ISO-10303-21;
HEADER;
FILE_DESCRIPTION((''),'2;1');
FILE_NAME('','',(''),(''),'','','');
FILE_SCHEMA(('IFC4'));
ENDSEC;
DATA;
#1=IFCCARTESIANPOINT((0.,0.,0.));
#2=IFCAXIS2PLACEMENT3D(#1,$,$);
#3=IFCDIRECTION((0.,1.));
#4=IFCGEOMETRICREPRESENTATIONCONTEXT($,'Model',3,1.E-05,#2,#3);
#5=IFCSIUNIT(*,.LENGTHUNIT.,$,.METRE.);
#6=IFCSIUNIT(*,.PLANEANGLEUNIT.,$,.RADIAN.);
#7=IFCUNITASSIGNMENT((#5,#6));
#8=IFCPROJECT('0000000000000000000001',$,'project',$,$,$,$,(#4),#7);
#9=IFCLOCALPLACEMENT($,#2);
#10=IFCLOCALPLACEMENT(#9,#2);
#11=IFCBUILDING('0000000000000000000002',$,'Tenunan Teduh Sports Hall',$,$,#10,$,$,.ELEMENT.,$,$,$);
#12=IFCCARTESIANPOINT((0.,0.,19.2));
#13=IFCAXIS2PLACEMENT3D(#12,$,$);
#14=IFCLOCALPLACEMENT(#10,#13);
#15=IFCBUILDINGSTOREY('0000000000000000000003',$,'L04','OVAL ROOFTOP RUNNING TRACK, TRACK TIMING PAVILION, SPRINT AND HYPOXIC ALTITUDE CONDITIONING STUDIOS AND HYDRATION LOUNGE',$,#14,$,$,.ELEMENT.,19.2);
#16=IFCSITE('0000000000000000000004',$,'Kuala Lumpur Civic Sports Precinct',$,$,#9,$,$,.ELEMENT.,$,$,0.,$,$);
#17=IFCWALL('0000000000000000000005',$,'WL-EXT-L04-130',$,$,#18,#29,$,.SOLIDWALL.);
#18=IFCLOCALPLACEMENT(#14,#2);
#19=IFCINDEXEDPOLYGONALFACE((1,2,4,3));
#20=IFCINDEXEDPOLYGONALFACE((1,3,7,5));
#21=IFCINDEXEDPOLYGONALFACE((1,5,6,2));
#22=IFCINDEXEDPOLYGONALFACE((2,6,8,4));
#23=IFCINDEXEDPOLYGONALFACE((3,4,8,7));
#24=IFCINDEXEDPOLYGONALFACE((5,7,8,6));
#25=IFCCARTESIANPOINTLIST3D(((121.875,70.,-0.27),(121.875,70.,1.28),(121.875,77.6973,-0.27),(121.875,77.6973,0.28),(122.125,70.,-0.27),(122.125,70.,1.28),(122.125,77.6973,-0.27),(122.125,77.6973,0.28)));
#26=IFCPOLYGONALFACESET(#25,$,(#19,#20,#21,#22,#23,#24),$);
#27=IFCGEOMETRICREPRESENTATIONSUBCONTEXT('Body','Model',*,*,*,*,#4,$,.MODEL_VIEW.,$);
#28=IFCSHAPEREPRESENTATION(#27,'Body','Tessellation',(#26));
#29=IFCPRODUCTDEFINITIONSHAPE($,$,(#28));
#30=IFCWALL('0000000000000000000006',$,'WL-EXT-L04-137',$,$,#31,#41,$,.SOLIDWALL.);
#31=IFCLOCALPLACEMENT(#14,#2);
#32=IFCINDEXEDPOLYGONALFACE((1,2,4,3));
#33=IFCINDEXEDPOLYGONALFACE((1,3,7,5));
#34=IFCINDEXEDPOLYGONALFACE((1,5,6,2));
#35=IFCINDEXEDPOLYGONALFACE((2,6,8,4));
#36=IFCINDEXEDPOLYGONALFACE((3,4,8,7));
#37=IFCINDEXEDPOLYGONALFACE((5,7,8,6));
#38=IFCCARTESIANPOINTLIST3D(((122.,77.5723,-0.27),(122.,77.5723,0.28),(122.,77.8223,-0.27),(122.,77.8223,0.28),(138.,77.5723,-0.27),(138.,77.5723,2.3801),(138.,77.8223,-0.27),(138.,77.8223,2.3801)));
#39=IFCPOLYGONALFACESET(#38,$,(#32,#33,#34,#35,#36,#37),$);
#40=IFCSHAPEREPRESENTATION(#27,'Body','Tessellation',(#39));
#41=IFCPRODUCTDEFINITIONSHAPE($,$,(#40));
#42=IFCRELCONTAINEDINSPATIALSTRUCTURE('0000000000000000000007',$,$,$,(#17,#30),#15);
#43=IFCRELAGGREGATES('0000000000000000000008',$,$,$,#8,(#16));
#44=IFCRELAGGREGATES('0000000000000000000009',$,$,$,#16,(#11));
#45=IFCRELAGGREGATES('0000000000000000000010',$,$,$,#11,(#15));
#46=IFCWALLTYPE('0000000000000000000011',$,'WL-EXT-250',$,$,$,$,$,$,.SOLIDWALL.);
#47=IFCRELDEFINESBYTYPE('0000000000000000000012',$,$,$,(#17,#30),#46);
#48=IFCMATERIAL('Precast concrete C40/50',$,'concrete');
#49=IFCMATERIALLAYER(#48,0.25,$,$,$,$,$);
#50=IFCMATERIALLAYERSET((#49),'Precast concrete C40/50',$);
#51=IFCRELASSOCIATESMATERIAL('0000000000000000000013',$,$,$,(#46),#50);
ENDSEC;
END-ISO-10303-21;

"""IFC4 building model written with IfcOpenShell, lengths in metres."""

from ifc_helpers import new_model, si_unit, direction, frame, origin, place, context, subcontext, project, spatial, polyline, outline, extrude, material, layer, layer_set, type_object, element, save


model = new_model("IFC4")

# Units and contexts
model_context = context("Model", 3, precision=1e-05, world=origin(), true_north=direction((0.0, 1.0)))
body_context = subcontext(model_context, "Body", "Model", "MODEL_VIEW")
ifc_project = project(units=[si_unit("LENGTHUNIT", "METRE"), si_unit("PLANEANGLEUNIT", "RADIAN")], contexts=[model_context])

# Site, building, storey
site_placement = place(None, origin())
site = spatial("IfcSite", under=ifc_project, at=site_placement, Name="Kuala Lumpur Civic Sports Precinct", CompositionType="ELEMENT", RefElevation=0.0)
building_placement = place(site_placement, origin())
building = spatial("IfcBuilding", under=site, at=building_placement, Name="Tenunan Teduh Sports Hall", CompositionType="ELEMENT")
storey_placement = place(building_placement, frame((0.0, 0.0, 19.2)))
storey = spatial("IfcBuildingStorey", under=building, at=storey_placement, Name="L04", Description="OVAL ROOFTOP RUNNING TRACK, TRACK TIMING PAVILION, SPRINT AND HYPOXIC ALTITUDE CONDITIONING STUDIOS AND HYDRATION LOUNGE", CompositionType="ELEMENT", Elevation=19.2)

# Walls
ifc_material_1 = material(Name="Precast concrete C40/50", Category="concrete")
ifc_layer_1 = layer(ifc_material_1, 0.25)
ifc_layer_set_1 = layer_set([ifc_layer_1], Name="Precast concrete C40/50")
wall_type = type_object("IfcWallType", Name="WL-EXT-250", PredefinedType="SOLIDWALL", material=ifc_layer_set_1)
wall_1_placement = place(storey_placement, frame((122.0, 70.0, -0.27), z_axis=(0.0, 0.0, 1.0), x_axis=(0.0, 1.0, 0.0)))
element("IfcWall", 1, at=wall_1_placement, inside=storey, type_object=wall_type, Name="WL-EXT-L04-130", PredefinedType="SOLIDWALL", context=body_context, shape_type="SweptSolid", body=[
    extrude(outline(polyline([(0.0, 0.0), (7.6973, 0.0), (7.6973, 0.55), (0.0, 1.55), (0.0, 0.0)])), frame((0.0, 0.125, 0.0), z_axis=(0.0, -1.0, 0.0), x_axis=(1.0, 0.0, 0.0)), (0.0, 0.0, 1.0), 0.25),
])
wall_2_placement = place(storey_placement, frame((122.0, 77.6973, -0.27), z_axis=(0.0, 0.0, 1.0), x_axis=(1.0, 0.0, 0.0)))
element("IfcWall", 2, at=wall_2_placement, inside=storey, type_object=wall_type, Name="WL-EXT-L04-137", PredefinedType="SOLIDWALL", context=body_context, shape_type="SweptSolid", body=[
    extrude(outline(polyline([(0.0, 0.0), (16.0, 0.0), (16.0, 2.6501), (0.0, 0.55), (0.0, 0.0)])), frame((0.0, 0.125, 0.0), z_axis=(0.0, -1.0, 0.0), x_axis=(1.0, 0.0, 0.0)), (0.0, 0.0, 1.0), 0.25),
])

save(model, "model.ifc")
